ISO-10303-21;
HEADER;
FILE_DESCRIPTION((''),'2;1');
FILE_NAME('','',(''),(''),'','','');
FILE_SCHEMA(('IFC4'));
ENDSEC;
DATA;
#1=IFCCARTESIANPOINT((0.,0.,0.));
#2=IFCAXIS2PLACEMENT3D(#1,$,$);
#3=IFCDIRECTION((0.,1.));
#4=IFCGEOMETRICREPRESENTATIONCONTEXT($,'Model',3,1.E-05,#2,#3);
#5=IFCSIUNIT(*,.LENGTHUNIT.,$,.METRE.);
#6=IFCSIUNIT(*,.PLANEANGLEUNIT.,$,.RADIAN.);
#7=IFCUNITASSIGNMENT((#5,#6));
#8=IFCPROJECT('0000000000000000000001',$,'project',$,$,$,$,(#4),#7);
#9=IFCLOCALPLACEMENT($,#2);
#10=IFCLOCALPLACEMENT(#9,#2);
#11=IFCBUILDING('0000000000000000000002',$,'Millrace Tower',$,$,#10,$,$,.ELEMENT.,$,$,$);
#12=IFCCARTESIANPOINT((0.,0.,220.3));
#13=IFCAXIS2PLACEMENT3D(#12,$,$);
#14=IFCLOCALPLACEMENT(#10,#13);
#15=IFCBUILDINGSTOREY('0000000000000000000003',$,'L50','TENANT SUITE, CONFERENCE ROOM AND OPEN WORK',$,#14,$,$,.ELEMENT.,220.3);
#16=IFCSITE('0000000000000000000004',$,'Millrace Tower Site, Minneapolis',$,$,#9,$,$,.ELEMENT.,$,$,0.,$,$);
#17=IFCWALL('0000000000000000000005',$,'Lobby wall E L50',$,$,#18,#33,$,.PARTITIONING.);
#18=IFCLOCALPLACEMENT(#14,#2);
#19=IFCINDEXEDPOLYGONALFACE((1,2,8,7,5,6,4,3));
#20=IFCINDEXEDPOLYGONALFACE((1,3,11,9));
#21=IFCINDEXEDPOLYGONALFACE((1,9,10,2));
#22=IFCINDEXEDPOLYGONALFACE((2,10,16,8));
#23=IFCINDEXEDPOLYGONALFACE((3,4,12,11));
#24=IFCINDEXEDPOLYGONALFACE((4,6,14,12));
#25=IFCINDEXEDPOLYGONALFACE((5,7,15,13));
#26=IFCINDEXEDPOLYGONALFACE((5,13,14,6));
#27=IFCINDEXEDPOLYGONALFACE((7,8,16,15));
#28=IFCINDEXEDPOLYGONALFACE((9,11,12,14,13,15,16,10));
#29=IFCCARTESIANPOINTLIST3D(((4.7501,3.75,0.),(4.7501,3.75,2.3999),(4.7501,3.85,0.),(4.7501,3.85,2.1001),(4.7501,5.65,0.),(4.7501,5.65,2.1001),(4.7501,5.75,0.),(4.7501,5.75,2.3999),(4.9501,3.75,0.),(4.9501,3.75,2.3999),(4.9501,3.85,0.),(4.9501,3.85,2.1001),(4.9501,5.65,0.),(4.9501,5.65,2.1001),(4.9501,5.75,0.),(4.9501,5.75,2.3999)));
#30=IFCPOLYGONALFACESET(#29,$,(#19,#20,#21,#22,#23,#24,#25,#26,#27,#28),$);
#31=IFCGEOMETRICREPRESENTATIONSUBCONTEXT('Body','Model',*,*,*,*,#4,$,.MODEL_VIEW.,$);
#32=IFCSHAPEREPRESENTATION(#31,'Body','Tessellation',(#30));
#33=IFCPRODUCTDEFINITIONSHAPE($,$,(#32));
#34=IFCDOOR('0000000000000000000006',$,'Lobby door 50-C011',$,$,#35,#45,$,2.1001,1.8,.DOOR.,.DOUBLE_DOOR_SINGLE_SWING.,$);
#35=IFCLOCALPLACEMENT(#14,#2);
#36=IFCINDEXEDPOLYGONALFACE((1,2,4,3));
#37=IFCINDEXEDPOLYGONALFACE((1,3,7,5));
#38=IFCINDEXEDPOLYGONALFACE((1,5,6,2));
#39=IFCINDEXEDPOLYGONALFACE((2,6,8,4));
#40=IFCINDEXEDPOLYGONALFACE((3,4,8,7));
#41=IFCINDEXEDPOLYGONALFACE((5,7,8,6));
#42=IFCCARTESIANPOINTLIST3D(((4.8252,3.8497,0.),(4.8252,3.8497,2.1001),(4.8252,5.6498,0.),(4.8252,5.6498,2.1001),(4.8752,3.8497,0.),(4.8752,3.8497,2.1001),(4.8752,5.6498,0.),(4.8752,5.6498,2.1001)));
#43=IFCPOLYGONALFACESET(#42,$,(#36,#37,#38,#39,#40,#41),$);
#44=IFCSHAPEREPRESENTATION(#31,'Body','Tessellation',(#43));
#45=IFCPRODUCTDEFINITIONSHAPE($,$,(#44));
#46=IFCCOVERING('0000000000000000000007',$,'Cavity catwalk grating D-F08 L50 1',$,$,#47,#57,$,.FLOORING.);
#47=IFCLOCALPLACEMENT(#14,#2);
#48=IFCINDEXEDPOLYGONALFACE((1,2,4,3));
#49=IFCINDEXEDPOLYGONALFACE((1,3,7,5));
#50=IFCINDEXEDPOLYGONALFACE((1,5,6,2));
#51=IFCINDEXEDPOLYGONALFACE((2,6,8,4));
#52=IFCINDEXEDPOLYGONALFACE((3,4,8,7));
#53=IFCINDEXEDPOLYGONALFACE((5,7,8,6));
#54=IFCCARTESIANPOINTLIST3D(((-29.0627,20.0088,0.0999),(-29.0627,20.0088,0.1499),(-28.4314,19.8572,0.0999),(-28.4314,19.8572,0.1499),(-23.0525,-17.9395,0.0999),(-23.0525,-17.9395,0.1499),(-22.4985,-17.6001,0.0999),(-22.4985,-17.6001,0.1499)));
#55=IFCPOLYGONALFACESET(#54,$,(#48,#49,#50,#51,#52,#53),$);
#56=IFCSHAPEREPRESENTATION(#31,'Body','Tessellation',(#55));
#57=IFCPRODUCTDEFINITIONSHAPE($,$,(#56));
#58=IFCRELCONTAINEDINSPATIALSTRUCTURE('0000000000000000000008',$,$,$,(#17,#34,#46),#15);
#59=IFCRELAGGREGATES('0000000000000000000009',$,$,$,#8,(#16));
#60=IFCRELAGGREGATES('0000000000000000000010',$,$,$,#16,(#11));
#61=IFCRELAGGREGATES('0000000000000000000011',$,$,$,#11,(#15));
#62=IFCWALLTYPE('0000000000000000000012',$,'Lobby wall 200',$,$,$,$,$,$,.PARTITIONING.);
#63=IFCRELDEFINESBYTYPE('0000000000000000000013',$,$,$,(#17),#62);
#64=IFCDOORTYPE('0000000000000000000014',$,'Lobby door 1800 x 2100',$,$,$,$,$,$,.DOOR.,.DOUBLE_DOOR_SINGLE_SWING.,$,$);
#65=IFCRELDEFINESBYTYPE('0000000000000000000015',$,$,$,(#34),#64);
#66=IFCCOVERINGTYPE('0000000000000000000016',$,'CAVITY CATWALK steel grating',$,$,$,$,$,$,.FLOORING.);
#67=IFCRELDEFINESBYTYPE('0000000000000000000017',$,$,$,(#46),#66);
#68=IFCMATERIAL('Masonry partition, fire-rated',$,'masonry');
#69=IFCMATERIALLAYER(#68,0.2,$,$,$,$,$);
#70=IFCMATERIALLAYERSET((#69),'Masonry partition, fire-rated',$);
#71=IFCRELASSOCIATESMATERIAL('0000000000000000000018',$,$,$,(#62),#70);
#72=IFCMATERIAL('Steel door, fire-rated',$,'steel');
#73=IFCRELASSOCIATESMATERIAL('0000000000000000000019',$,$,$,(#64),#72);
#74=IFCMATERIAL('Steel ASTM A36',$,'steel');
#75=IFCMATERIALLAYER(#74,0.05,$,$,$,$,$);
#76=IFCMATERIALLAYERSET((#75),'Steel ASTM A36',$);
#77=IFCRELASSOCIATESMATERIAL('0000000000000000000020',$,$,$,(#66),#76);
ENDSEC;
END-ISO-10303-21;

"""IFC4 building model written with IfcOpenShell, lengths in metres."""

from ifc_helpers import new_model, si_unit, direction, frame, frame_2d, origin, place, context, subcontext, project, spatial, polyline, rectangle, outline, extrude, material, layer, layer_set, type_object, element, fill, save


model = new_model("IFC4")

# Units and contexts
model_context = context("Model", 3, precision=1e-05, world=origin(), true_north=direction((0.0, 1.0)))
body_context = subcontext(model_context, "Body", "Model", "MODEL_VIEW")
ifc_project = project(units=[si_unit("LENGTHUNIT", "METRE"), si_unit("PLANEANGLEUNIT", "RADIAN")], contexts=[model_context])

# Site, building, storey
site_placement = place(None, origin())
site = spatial("IfcSite", under=ifc_project, at=site_placement, Name="Millrace Tower Site, Minneapolis", CompositionType="ELEMENT", RefElevation=0.0)
building_placement = place(site_placement, origin())
building = spatial("IfcBuilding", under=site, at=building_placement, Name="Millrace Tower", CompositionType="ELEMENT")
storey_placement = place(building_placement, frame((0.0, 0.0, 220.3)))
storey = spatial("IfcBuildingStorey", under=building, at=storey_placement, Name="L50", Description="TENANT SUITE, CONFERENCE ROOM AND OPEN WORK", CompositionType="ELEMENT", Elevation=220.3)

# Wall, opening, door
ifc_material_1 = material(Name="Masonry partition, fire-rated", Category="masonry")
ifc_layer_1 = layer(ifc_material_1, 0.2)
ifc_layer_set_1 = layer_set([ifc_layer_1], Name="Masonry partition, fire-rated")
wall_type_1 = type_object("IfcWallType", Name="Lobby wall 200", PredefinedType="PARTITIONING", material=ifc_layer_set_1)
wall_1_placement = place(storey_placement, frame((4.8501, 5.75, 0.0), z_axis=(0.0, 0.0, 1.0), x_axis=(0.0, -1.0, 0.0)))
wall_1 = element("IfcWall", 1, at=wall_1_placement, inside=storey, type_object=wall_type_1, Name="Lobby wall E L50", PredefinedType="PARTITIONING", context=body_context, shape_type="SweptSolid", body=[
    extrude(rectangle(XDim=2.0, YDim=0.2, at=frame_2d((1.0, 0.0))), origin(), (0.0, 0.0, 1.0), 2.3999),
])
opening_1_placement = place(wall_1_placement, frame((0.1001, 0.0, 0.0)))
opening_1 = element("IfcOpeningElement", 2, at=opening_1_placement, cuts=wall_1, PredefinedType="OPENING", context=body_context, shape_type="SweptSolid", body=[
    extrude(rectangle(XDim=1.8, YDim=2.1001, at=frame_2d((0.8999, 1.05))), frame((0.0, 0.1099, 0.0), z_axis=(0.0, -1.0, 0.0), x_axis=(1.0, 0.0, 0.0)), (0.0, 0.0, 1.0), 0.22),
])
ifc_material_2 = material(Name="Steel door, fire-rated", Category="steel")
door_type_1 = type_object("IfcDoorType", Name="Lobby door 1800 x 2100", OperationType="DOUBLE_DOOR_SINGLE_SWING", PredefinedType="DOOR", material=ifc_material_2)
door_1_placement = place(opening_1_placement, frame((1.8, 0.0, 0.0), z_axis=(0.0, 0.0, 1.0), x_axis=(-1.0, 0.0, 0.0)))
door_1 = element("IfcDoor", 3, at=door_1_placement, inside=storey, type_object=door_type_1, Name="Lobby door 50-C011", OperationType="DOUBLE_DOOR_SINGLE_SWING", OverallHeight=2.1001, OverallWidth=1.8, PredefinedType="DOOR", context=body_context, shape_type="SweptSolid", body=[
    extrude(rectangle(XDim=1.8, YDim=2.1001, at=frame_2d((0.8999, 1.05))), frame((0.0, 0.0249, 0.0), z_axis=(0.0, -1.0, 0.0), x_axis=(1.0, 0.0, 0.0)), (0.0, 0.0, 1.0), 0.05),
])
fill(opening_1, door_1)

# Covering
ifc_material_3 = material(Name="Steel ASTM A36", Category="steel")
ifc_layer_2 = layer(ifc_material_3, 0.05)
ifc_layer_set_2 = layer_set([ifc_layer_2], Name="Steel ASTM A36")
covering_type = type_object("IfcCoveringType", Name="CAVITY CATWALK steel grating", PredefinedType="FLOORING", material=ifc_layer_set_2)
covering_placement = place(storey_placement, frame((0.0, 0.0, 0.0999)))
element("IfcCovering", 4, at=covering_placement, inside=storey, type_object=covering_type, Name="Cavity catwalk grating D-F08 L50 1", PredefinedType="FLOORING", context=body_context, shape_type="SweptSolid", body=[
    extrude(outline(polyline([(-29.0627, 20.0088), (-23.0525, -17.9395), (-22.4985, -17.6001), (-28.4314, 19.8572), (-29.0627, 20.0088)])), origin(), (0.0, 0.0, 1.0), 0.05),
])

save(model, "model.ifc")
